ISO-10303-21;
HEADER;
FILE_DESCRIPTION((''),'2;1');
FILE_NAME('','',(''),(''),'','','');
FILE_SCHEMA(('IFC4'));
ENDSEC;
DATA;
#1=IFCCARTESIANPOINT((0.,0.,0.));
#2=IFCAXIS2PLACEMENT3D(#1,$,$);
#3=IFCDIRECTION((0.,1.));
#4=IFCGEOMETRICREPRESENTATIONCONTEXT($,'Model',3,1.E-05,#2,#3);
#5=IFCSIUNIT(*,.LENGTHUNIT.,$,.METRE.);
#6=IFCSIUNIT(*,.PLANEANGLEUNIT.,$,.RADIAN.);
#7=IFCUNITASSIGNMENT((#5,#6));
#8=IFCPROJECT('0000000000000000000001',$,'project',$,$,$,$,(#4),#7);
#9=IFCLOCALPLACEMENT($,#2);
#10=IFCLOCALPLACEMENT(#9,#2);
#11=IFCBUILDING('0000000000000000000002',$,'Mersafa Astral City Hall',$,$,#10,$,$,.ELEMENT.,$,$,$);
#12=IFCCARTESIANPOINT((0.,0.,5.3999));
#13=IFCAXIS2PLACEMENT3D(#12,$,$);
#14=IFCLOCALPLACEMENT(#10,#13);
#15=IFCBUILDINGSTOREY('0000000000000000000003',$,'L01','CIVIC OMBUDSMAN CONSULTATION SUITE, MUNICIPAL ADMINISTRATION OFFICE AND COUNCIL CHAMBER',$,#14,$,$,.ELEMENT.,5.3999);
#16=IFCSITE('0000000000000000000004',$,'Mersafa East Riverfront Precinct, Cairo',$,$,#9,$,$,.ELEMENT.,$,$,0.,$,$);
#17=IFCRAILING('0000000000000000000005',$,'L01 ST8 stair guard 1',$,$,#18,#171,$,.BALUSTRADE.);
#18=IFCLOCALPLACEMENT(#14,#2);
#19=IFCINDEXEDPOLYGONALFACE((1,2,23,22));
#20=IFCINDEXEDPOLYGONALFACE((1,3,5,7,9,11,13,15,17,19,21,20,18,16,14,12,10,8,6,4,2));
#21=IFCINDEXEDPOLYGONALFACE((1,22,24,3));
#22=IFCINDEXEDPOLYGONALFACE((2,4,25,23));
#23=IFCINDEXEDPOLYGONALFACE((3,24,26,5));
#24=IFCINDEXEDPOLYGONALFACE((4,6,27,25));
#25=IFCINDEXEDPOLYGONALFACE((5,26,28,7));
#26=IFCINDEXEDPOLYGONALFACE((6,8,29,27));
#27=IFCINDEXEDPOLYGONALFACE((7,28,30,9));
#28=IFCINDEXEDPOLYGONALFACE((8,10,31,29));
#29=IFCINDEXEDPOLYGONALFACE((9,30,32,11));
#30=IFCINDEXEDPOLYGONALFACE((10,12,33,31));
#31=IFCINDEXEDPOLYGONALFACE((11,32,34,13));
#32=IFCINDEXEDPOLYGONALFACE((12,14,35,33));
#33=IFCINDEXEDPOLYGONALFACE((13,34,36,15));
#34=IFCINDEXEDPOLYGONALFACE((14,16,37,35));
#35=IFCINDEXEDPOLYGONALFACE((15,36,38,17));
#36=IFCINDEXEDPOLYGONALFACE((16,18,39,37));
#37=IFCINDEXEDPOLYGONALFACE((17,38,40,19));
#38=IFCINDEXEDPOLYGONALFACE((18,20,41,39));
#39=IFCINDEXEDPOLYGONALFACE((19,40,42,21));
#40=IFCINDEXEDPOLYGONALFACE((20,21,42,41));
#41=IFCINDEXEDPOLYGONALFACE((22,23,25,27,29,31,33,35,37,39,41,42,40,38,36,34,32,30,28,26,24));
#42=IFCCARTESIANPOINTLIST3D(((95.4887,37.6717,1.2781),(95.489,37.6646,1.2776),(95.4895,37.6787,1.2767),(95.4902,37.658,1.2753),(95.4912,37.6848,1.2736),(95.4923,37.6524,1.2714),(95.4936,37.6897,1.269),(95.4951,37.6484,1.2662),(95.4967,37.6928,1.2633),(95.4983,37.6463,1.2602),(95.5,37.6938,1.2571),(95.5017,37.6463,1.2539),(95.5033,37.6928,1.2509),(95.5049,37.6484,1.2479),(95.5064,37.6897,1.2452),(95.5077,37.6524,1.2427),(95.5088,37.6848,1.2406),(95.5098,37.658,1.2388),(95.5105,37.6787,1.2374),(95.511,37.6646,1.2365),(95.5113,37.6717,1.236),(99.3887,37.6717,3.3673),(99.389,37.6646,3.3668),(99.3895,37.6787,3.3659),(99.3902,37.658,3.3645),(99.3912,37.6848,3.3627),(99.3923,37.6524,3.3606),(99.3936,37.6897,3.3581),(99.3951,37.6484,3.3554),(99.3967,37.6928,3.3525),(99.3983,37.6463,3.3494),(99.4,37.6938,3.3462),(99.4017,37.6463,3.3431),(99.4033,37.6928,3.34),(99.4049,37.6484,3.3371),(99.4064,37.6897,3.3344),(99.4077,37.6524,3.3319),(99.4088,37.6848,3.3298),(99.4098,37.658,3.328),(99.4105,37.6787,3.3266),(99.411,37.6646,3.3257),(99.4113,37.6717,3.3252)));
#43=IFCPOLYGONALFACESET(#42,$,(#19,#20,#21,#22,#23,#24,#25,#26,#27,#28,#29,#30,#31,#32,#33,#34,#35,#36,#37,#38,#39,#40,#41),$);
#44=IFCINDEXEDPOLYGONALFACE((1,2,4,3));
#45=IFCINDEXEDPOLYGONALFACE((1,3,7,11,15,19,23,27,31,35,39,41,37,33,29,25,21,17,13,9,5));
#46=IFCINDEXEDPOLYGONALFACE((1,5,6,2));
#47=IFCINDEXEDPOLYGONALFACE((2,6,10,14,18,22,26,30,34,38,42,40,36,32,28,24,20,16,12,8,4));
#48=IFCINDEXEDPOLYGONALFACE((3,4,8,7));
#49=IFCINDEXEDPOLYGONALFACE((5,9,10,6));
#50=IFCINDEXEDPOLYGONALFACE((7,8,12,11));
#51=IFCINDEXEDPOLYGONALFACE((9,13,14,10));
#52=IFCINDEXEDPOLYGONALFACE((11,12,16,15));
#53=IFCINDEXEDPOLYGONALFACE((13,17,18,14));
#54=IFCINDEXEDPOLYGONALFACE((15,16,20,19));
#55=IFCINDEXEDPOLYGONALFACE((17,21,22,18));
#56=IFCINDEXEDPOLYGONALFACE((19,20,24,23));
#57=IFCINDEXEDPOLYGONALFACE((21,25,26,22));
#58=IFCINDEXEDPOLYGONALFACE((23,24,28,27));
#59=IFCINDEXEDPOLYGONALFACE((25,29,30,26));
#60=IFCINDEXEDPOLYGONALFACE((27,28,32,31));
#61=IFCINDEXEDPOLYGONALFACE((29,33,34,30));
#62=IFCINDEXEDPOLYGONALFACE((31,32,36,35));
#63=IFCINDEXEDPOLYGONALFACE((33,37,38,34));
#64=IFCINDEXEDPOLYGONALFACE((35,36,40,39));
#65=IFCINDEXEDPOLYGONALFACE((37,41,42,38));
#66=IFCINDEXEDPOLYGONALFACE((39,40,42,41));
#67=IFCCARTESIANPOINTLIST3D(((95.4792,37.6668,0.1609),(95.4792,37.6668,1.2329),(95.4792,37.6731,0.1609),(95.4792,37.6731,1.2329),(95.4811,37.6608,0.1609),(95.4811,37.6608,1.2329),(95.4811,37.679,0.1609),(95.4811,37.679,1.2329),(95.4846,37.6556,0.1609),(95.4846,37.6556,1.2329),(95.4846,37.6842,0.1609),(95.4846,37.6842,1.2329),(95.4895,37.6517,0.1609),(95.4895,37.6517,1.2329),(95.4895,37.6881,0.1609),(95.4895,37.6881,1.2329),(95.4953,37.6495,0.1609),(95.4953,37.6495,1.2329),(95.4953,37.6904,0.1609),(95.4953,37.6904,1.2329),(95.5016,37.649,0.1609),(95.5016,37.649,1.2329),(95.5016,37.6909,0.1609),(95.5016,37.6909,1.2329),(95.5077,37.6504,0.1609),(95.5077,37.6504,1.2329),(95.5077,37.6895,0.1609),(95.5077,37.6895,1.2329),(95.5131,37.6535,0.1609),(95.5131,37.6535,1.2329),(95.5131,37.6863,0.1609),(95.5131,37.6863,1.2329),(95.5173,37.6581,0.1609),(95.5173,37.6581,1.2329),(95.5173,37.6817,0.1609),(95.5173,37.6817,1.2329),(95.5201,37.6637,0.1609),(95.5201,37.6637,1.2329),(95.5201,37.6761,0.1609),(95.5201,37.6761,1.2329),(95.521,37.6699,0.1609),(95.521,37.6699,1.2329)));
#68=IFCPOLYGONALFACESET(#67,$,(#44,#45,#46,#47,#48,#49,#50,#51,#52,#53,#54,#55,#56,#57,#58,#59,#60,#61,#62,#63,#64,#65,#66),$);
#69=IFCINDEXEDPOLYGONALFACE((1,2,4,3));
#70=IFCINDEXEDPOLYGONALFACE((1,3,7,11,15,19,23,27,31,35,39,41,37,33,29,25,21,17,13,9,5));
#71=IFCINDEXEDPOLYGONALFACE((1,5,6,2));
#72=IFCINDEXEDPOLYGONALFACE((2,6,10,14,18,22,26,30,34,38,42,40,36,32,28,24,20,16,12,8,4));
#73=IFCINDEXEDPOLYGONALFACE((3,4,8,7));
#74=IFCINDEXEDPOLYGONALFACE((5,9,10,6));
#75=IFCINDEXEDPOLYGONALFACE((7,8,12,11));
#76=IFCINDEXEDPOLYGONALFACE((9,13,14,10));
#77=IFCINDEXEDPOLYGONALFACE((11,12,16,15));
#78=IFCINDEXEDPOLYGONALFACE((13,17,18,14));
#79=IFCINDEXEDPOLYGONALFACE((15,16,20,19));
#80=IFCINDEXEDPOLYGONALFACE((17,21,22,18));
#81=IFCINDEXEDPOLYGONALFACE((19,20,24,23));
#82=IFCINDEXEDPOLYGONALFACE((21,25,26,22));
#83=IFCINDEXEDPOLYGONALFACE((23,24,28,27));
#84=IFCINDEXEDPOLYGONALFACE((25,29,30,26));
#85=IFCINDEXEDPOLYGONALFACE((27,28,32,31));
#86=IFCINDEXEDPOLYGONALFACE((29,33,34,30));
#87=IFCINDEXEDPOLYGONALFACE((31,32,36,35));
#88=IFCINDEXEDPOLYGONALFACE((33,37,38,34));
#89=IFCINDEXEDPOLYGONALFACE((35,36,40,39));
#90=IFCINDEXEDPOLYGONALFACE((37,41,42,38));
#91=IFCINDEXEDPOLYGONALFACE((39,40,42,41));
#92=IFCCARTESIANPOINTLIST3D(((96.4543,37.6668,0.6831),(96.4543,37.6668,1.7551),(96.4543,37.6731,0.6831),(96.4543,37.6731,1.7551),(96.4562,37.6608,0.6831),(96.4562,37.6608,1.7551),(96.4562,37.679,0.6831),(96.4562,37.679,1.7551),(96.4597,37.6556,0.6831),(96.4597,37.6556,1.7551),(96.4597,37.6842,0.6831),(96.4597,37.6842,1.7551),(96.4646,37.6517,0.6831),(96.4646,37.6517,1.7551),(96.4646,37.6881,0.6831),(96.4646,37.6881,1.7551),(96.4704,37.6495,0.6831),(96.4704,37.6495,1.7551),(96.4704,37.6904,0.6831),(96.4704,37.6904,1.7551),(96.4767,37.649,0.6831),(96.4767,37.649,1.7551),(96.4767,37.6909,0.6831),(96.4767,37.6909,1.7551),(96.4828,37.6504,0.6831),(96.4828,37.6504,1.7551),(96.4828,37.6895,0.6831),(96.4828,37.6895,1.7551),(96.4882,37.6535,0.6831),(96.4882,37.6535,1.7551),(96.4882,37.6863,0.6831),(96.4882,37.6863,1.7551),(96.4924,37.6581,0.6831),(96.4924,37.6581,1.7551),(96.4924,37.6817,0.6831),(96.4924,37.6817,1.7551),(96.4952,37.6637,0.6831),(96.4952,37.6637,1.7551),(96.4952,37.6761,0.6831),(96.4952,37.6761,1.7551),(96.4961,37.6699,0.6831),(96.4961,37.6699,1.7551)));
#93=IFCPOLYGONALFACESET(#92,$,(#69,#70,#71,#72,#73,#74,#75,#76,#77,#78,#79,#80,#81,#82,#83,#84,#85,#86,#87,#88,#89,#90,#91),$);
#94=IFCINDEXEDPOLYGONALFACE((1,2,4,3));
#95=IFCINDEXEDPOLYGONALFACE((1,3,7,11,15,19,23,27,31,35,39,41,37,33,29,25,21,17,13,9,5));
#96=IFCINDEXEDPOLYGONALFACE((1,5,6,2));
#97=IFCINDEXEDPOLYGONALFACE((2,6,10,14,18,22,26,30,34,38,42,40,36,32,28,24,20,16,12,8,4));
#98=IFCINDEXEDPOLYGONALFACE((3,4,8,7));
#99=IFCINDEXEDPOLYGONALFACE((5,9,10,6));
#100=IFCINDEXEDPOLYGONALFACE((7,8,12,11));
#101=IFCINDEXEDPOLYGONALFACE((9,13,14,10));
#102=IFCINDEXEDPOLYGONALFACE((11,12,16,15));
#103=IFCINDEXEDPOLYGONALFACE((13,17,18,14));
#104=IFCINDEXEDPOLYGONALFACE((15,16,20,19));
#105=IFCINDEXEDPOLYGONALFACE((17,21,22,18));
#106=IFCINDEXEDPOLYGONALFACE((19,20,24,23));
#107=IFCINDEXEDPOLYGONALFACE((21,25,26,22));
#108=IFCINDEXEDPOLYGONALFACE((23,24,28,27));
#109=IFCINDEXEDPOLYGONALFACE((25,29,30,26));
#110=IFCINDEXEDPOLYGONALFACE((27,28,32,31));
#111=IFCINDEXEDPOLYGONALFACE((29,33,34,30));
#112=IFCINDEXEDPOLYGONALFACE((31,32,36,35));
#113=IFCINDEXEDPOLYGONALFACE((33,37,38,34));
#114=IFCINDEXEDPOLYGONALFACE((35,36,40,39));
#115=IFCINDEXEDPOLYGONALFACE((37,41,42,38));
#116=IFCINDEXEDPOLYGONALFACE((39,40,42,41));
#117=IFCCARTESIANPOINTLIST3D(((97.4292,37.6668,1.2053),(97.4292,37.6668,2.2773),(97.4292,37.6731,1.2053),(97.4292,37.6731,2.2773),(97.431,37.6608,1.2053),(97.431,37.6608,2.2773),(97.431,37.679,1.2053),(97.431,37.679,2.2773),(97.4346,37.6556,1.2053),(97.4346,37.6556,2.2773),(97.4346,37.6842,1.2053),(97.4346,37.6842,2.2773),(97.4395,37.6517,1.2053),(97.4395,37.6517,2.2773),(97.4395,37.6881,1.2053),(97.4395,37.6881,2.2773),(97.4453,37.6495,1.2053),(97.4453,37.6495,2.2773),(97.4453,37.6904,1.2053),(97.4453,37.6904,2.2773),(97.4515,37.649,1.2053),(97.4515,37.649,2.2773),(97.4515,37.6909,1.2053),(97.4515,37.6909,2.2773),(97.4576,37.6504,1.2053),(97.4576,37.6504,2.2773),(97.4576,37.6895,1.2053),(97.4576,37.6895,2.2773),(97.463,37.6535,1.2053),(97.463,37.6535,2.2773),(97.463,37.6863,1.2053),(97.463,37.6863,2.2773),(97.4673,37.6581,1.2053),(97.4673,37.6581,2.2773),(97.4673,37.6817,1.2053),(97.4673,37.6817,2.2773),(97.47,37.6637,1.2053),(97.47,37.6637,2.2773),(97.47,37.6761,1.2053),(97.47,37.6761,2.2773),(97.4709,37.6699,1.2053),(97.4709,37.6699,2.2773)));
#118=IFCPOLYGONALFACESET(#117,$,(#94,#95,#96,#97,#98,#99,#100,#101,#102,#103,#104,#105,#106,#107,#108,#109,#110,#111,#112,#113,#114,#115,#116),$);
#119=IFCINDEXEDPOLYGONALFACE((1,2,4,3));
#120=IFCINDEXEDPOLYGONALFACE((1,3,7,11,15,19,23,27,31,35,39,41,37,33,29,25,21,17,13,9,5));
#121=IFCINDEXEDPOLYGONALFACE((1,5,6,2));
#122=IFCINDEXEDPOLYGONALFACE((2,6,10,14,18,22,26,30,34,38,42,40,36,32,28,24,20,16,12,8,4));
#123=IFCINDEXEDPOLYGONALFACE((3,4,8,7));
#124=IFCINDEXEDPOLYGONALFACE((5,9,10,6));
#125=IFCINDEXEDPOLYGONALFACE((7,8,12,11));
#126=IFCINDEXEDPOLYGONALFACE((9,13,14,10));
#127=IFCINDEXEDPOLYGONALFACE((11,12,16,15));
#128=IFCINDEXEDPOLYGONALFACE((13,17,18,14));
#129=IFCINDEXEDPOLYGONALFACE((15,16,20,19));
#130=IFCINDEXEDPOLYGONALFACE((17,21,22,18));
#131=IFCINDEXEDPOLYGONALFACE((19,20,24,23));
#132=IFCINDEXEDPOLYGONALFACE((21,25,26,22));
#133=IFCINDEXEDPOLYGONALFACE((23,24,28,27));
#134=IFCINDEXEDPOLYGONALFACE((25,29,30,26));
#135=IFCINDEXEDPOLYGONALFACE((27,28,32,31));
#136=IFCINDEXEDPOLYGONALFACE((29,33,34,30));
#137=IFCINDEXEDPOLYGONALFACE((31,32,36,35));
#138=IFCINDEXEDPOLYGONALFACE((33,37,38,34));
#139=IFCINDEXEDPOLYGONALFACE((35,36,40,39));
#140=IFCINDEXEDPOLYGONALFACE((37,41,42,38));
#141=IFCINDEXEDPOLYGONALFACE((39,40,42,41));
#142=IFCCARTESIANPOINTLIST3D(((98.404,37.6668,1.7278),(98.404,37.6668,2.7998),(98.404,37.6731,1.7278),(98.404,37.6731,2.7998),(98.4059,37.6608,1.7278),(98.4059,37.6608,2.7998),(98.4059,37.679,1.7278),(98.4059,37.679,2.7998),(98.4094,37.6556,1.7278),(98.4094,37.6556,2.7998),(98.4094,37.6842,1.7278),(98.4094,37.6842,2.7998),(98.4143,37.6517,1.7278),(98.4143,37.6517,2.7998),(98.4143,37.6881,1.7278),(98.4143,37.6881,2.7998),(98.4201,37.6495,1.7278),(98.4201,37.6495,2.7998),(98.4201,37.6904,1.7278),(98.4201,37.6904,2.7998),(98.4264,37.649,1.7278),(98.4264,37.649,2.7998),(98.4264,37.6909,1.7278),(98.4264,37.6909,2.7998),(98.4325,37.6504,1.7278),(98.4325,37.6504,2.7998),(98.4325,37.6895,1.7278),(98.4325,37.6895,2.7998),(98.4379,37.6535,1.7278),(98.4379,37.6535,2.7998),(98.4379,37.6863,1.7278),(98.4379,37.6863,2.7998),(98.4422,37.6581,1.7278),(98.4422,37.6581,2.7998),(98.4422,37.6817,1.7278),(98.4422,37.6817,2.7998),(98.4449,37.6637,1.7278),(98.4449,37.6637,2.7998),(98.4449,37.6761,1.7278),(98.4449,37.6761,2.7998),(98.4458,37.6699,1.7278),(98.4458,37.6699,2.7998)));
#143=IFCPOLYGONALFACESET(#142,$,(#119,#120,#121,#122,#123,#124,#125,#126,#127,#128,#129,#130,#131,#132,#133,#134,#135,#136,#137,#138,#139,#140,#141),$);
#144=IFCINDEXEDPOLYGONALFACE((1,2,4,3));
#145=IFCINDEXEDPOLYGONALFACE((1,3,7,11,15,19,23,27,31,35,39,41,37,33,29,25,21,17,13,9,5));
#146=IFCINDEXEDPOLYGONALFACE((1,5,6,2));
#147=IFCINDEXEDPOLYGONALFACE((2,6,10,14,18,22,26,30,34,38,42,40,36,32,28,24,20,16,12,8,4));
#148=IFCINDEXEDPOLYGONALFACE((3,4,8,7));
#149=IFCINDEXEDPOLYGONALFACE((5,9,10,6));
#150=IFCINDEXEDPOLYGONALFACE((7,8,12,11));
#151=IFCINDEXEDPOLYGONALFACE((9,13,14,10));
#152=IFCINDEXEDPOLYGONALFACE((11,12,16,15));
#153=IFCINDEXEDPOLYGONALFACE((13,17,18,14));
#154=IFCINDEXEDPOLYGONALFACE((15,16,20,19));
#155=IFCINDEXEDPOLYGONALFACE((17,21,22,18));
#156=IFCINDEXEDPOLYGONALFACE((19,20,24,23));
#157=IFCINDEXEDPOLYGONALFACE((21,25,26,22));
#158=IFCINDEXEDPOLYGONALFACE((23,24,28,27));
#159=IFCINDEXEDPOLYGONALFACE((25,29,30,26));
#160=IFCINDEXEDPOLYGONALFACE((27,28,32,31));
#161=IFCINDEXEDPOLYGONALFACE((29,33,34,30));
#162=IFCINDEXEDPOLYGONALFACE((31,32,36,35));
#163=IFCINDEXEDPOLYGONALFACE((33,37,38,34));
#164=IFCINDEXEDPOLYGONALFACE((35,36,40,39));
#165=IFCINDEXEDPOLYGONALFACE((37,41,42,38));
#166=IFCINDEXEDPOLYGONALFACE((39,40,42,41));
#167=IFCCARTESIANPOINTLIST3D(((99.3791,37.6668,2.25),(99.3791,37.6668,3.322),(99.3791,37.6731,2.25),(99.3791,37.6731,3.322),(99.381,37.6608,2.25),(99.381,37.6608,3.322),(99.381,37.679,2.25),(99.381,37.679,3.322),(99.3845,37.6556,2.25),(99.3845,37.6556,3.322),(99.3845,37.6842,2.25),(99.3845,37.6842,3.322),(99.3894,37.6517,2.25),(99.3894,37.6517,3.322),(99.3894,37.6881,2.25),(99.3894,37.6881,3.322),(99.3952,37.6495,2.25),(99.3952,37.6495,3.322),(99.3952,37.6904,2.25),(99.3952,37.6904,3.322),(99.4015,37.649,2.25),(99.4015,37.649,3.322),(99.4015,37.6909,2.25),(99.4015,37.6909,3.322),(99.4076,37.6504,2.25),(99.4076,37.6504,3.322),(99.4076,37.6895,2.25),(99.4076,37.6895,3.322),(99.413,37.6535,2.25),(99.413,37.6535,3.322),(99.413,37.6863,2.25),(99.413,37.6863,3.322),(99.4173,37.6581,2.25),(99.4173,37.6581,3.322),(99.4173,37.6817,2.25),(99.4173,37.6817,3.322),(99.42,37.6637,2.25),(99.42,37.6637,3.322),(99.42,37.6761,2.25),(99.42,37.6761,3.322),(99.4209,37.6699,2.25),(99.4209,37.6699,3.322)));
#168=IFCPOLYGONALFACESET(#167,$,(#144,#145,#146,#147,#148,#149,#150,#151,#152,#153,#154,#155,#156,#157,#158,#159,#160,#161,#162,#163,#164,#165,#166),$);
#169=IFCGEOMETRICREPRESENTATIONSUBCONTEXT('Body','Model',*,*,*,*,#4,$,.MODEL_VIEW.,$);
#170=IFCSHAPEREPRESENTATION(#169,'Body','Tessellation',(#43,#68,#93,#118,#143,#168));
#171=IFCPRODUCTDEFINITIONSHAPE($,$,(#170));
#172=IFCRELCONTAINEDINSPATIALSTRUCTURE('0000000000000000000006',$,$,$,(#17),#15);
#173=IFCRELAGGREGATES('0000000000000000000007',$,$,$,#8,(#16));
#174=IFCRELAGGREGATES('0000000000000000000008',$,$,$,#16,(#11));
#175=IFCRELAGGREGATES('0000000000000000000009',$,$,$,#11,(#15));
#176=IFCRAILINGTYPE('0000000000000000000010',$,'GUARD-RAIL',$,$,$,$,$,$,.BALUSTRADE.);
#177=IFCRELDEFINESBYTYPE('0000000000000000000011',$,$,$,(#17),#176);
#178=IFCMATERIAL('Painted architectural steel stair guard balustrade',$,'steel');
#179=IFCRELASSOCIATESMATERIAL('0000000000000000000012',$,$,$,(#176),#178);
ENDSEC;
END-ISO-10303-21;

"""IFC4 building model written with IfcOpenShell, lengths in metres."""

from ifc_helpers import new_model, si_unit, direction, frame, origin, origin_2d, place, context, subcontext, project, spatial, circle, extrude, material, type_object, element, save


model = new_model("IFC4")

# Units and contexts
model_context = context("Model", 3, precision=1e-05, world=origin(), true_north=direction((0.0, 1.0)))
body_context = subcontext(model_context, "Body", "Model", "MODEL_VIEW")
ifc_project = project(units=[si_unit("LENGTHUNIT", "METRE"), si_unit("PLANEANGLEUNIT", "RADIAN")], contexts=[model_context])

# Site, building, storey
site_placement = place(None, origin())
site = spatial("IfcSite", under=ifc_project, at=site_placement, Name="Mersafa East Riverfront Precinct, Cairo", CompositionType="ELEMENT", RefElevation=0.0)
building_placement = place(site_placement, origin())
building = spatial("IfcBuilding", under=site, at=building_placement, Name="Mersafa Astral City Hall", CompositionType="ELEMENT")
storey_placement = place(building_placement, frame((0.0, 0.0, 5.3999)))
storey = spatial("IfcBuildingStorey", under=building, at=storey_placement, Name="L01", Description="CIVIC OMBUDSMAN CONSULTATION SUITE, MUNICIPAL ADMINISTRATION OFFICE AND COUNCIL CHAMBER", CompositionType="ELEMENT", Elevation=5.3999)

# Railing
ifc_material_1 = material(Name="Painted architectural steel stair guard balustrade", Category="steel")
railing_type_1 = type_object("IfcRailingType", Name="GUARD-RAIL", PredefinedType="BALUSTRADE", material=ifc_material_1)
railing_1_placement = place(storey_placement, frame((95.5, 37.6699, 0.1609)))
element("IfcRailing", 1, at=railing_1_placement, inside=storey, type_object=railing_type_1, Name="L01 ST8 stair guard 1", PredefinedType="BALUSTRADE", context=body_context, shape_type="SweptSolid", body=[
    extrude(circle(Radius=0.0239, at=origin_2d()), frame((0.0, 0.0, 1.0962), z_axis=(0.881491, 0.0, 0.4722), x_axis=(0.0, 1.0, 0.0)), (0.0, 0.0, 1.0), 4.4243),
    extrude(circle(Radius=0.021, at=origin_2d()), origin(), (0.0, 0.0, 1.0), 1.072),
    extrude(circle(Radius=0.021, at=origin_2d()), frame((0.9751, 0.0, 0.5222)), (0.0, 0.0, 1.0), 1.072),
    extrude(circle(Radius=0.021, at=origin_2d()), frame((1.95, 0.0, 1.0444)), (0.0, 0.0, 1.0), 1.072),
    extrude(circle(Radius=0.021, at=origin_2d()), frame((2.9248, 0.0, 1.5669)), (0.0, 0.0, 1.0), 1.072),
    extrude(circle(Radius=0.021, at=origin_2d()), frame((3.8999, 0.0, 2.0891)), (0.0, 0.0, 1.0), 1.072),
])

save(model, "model.ifc")
